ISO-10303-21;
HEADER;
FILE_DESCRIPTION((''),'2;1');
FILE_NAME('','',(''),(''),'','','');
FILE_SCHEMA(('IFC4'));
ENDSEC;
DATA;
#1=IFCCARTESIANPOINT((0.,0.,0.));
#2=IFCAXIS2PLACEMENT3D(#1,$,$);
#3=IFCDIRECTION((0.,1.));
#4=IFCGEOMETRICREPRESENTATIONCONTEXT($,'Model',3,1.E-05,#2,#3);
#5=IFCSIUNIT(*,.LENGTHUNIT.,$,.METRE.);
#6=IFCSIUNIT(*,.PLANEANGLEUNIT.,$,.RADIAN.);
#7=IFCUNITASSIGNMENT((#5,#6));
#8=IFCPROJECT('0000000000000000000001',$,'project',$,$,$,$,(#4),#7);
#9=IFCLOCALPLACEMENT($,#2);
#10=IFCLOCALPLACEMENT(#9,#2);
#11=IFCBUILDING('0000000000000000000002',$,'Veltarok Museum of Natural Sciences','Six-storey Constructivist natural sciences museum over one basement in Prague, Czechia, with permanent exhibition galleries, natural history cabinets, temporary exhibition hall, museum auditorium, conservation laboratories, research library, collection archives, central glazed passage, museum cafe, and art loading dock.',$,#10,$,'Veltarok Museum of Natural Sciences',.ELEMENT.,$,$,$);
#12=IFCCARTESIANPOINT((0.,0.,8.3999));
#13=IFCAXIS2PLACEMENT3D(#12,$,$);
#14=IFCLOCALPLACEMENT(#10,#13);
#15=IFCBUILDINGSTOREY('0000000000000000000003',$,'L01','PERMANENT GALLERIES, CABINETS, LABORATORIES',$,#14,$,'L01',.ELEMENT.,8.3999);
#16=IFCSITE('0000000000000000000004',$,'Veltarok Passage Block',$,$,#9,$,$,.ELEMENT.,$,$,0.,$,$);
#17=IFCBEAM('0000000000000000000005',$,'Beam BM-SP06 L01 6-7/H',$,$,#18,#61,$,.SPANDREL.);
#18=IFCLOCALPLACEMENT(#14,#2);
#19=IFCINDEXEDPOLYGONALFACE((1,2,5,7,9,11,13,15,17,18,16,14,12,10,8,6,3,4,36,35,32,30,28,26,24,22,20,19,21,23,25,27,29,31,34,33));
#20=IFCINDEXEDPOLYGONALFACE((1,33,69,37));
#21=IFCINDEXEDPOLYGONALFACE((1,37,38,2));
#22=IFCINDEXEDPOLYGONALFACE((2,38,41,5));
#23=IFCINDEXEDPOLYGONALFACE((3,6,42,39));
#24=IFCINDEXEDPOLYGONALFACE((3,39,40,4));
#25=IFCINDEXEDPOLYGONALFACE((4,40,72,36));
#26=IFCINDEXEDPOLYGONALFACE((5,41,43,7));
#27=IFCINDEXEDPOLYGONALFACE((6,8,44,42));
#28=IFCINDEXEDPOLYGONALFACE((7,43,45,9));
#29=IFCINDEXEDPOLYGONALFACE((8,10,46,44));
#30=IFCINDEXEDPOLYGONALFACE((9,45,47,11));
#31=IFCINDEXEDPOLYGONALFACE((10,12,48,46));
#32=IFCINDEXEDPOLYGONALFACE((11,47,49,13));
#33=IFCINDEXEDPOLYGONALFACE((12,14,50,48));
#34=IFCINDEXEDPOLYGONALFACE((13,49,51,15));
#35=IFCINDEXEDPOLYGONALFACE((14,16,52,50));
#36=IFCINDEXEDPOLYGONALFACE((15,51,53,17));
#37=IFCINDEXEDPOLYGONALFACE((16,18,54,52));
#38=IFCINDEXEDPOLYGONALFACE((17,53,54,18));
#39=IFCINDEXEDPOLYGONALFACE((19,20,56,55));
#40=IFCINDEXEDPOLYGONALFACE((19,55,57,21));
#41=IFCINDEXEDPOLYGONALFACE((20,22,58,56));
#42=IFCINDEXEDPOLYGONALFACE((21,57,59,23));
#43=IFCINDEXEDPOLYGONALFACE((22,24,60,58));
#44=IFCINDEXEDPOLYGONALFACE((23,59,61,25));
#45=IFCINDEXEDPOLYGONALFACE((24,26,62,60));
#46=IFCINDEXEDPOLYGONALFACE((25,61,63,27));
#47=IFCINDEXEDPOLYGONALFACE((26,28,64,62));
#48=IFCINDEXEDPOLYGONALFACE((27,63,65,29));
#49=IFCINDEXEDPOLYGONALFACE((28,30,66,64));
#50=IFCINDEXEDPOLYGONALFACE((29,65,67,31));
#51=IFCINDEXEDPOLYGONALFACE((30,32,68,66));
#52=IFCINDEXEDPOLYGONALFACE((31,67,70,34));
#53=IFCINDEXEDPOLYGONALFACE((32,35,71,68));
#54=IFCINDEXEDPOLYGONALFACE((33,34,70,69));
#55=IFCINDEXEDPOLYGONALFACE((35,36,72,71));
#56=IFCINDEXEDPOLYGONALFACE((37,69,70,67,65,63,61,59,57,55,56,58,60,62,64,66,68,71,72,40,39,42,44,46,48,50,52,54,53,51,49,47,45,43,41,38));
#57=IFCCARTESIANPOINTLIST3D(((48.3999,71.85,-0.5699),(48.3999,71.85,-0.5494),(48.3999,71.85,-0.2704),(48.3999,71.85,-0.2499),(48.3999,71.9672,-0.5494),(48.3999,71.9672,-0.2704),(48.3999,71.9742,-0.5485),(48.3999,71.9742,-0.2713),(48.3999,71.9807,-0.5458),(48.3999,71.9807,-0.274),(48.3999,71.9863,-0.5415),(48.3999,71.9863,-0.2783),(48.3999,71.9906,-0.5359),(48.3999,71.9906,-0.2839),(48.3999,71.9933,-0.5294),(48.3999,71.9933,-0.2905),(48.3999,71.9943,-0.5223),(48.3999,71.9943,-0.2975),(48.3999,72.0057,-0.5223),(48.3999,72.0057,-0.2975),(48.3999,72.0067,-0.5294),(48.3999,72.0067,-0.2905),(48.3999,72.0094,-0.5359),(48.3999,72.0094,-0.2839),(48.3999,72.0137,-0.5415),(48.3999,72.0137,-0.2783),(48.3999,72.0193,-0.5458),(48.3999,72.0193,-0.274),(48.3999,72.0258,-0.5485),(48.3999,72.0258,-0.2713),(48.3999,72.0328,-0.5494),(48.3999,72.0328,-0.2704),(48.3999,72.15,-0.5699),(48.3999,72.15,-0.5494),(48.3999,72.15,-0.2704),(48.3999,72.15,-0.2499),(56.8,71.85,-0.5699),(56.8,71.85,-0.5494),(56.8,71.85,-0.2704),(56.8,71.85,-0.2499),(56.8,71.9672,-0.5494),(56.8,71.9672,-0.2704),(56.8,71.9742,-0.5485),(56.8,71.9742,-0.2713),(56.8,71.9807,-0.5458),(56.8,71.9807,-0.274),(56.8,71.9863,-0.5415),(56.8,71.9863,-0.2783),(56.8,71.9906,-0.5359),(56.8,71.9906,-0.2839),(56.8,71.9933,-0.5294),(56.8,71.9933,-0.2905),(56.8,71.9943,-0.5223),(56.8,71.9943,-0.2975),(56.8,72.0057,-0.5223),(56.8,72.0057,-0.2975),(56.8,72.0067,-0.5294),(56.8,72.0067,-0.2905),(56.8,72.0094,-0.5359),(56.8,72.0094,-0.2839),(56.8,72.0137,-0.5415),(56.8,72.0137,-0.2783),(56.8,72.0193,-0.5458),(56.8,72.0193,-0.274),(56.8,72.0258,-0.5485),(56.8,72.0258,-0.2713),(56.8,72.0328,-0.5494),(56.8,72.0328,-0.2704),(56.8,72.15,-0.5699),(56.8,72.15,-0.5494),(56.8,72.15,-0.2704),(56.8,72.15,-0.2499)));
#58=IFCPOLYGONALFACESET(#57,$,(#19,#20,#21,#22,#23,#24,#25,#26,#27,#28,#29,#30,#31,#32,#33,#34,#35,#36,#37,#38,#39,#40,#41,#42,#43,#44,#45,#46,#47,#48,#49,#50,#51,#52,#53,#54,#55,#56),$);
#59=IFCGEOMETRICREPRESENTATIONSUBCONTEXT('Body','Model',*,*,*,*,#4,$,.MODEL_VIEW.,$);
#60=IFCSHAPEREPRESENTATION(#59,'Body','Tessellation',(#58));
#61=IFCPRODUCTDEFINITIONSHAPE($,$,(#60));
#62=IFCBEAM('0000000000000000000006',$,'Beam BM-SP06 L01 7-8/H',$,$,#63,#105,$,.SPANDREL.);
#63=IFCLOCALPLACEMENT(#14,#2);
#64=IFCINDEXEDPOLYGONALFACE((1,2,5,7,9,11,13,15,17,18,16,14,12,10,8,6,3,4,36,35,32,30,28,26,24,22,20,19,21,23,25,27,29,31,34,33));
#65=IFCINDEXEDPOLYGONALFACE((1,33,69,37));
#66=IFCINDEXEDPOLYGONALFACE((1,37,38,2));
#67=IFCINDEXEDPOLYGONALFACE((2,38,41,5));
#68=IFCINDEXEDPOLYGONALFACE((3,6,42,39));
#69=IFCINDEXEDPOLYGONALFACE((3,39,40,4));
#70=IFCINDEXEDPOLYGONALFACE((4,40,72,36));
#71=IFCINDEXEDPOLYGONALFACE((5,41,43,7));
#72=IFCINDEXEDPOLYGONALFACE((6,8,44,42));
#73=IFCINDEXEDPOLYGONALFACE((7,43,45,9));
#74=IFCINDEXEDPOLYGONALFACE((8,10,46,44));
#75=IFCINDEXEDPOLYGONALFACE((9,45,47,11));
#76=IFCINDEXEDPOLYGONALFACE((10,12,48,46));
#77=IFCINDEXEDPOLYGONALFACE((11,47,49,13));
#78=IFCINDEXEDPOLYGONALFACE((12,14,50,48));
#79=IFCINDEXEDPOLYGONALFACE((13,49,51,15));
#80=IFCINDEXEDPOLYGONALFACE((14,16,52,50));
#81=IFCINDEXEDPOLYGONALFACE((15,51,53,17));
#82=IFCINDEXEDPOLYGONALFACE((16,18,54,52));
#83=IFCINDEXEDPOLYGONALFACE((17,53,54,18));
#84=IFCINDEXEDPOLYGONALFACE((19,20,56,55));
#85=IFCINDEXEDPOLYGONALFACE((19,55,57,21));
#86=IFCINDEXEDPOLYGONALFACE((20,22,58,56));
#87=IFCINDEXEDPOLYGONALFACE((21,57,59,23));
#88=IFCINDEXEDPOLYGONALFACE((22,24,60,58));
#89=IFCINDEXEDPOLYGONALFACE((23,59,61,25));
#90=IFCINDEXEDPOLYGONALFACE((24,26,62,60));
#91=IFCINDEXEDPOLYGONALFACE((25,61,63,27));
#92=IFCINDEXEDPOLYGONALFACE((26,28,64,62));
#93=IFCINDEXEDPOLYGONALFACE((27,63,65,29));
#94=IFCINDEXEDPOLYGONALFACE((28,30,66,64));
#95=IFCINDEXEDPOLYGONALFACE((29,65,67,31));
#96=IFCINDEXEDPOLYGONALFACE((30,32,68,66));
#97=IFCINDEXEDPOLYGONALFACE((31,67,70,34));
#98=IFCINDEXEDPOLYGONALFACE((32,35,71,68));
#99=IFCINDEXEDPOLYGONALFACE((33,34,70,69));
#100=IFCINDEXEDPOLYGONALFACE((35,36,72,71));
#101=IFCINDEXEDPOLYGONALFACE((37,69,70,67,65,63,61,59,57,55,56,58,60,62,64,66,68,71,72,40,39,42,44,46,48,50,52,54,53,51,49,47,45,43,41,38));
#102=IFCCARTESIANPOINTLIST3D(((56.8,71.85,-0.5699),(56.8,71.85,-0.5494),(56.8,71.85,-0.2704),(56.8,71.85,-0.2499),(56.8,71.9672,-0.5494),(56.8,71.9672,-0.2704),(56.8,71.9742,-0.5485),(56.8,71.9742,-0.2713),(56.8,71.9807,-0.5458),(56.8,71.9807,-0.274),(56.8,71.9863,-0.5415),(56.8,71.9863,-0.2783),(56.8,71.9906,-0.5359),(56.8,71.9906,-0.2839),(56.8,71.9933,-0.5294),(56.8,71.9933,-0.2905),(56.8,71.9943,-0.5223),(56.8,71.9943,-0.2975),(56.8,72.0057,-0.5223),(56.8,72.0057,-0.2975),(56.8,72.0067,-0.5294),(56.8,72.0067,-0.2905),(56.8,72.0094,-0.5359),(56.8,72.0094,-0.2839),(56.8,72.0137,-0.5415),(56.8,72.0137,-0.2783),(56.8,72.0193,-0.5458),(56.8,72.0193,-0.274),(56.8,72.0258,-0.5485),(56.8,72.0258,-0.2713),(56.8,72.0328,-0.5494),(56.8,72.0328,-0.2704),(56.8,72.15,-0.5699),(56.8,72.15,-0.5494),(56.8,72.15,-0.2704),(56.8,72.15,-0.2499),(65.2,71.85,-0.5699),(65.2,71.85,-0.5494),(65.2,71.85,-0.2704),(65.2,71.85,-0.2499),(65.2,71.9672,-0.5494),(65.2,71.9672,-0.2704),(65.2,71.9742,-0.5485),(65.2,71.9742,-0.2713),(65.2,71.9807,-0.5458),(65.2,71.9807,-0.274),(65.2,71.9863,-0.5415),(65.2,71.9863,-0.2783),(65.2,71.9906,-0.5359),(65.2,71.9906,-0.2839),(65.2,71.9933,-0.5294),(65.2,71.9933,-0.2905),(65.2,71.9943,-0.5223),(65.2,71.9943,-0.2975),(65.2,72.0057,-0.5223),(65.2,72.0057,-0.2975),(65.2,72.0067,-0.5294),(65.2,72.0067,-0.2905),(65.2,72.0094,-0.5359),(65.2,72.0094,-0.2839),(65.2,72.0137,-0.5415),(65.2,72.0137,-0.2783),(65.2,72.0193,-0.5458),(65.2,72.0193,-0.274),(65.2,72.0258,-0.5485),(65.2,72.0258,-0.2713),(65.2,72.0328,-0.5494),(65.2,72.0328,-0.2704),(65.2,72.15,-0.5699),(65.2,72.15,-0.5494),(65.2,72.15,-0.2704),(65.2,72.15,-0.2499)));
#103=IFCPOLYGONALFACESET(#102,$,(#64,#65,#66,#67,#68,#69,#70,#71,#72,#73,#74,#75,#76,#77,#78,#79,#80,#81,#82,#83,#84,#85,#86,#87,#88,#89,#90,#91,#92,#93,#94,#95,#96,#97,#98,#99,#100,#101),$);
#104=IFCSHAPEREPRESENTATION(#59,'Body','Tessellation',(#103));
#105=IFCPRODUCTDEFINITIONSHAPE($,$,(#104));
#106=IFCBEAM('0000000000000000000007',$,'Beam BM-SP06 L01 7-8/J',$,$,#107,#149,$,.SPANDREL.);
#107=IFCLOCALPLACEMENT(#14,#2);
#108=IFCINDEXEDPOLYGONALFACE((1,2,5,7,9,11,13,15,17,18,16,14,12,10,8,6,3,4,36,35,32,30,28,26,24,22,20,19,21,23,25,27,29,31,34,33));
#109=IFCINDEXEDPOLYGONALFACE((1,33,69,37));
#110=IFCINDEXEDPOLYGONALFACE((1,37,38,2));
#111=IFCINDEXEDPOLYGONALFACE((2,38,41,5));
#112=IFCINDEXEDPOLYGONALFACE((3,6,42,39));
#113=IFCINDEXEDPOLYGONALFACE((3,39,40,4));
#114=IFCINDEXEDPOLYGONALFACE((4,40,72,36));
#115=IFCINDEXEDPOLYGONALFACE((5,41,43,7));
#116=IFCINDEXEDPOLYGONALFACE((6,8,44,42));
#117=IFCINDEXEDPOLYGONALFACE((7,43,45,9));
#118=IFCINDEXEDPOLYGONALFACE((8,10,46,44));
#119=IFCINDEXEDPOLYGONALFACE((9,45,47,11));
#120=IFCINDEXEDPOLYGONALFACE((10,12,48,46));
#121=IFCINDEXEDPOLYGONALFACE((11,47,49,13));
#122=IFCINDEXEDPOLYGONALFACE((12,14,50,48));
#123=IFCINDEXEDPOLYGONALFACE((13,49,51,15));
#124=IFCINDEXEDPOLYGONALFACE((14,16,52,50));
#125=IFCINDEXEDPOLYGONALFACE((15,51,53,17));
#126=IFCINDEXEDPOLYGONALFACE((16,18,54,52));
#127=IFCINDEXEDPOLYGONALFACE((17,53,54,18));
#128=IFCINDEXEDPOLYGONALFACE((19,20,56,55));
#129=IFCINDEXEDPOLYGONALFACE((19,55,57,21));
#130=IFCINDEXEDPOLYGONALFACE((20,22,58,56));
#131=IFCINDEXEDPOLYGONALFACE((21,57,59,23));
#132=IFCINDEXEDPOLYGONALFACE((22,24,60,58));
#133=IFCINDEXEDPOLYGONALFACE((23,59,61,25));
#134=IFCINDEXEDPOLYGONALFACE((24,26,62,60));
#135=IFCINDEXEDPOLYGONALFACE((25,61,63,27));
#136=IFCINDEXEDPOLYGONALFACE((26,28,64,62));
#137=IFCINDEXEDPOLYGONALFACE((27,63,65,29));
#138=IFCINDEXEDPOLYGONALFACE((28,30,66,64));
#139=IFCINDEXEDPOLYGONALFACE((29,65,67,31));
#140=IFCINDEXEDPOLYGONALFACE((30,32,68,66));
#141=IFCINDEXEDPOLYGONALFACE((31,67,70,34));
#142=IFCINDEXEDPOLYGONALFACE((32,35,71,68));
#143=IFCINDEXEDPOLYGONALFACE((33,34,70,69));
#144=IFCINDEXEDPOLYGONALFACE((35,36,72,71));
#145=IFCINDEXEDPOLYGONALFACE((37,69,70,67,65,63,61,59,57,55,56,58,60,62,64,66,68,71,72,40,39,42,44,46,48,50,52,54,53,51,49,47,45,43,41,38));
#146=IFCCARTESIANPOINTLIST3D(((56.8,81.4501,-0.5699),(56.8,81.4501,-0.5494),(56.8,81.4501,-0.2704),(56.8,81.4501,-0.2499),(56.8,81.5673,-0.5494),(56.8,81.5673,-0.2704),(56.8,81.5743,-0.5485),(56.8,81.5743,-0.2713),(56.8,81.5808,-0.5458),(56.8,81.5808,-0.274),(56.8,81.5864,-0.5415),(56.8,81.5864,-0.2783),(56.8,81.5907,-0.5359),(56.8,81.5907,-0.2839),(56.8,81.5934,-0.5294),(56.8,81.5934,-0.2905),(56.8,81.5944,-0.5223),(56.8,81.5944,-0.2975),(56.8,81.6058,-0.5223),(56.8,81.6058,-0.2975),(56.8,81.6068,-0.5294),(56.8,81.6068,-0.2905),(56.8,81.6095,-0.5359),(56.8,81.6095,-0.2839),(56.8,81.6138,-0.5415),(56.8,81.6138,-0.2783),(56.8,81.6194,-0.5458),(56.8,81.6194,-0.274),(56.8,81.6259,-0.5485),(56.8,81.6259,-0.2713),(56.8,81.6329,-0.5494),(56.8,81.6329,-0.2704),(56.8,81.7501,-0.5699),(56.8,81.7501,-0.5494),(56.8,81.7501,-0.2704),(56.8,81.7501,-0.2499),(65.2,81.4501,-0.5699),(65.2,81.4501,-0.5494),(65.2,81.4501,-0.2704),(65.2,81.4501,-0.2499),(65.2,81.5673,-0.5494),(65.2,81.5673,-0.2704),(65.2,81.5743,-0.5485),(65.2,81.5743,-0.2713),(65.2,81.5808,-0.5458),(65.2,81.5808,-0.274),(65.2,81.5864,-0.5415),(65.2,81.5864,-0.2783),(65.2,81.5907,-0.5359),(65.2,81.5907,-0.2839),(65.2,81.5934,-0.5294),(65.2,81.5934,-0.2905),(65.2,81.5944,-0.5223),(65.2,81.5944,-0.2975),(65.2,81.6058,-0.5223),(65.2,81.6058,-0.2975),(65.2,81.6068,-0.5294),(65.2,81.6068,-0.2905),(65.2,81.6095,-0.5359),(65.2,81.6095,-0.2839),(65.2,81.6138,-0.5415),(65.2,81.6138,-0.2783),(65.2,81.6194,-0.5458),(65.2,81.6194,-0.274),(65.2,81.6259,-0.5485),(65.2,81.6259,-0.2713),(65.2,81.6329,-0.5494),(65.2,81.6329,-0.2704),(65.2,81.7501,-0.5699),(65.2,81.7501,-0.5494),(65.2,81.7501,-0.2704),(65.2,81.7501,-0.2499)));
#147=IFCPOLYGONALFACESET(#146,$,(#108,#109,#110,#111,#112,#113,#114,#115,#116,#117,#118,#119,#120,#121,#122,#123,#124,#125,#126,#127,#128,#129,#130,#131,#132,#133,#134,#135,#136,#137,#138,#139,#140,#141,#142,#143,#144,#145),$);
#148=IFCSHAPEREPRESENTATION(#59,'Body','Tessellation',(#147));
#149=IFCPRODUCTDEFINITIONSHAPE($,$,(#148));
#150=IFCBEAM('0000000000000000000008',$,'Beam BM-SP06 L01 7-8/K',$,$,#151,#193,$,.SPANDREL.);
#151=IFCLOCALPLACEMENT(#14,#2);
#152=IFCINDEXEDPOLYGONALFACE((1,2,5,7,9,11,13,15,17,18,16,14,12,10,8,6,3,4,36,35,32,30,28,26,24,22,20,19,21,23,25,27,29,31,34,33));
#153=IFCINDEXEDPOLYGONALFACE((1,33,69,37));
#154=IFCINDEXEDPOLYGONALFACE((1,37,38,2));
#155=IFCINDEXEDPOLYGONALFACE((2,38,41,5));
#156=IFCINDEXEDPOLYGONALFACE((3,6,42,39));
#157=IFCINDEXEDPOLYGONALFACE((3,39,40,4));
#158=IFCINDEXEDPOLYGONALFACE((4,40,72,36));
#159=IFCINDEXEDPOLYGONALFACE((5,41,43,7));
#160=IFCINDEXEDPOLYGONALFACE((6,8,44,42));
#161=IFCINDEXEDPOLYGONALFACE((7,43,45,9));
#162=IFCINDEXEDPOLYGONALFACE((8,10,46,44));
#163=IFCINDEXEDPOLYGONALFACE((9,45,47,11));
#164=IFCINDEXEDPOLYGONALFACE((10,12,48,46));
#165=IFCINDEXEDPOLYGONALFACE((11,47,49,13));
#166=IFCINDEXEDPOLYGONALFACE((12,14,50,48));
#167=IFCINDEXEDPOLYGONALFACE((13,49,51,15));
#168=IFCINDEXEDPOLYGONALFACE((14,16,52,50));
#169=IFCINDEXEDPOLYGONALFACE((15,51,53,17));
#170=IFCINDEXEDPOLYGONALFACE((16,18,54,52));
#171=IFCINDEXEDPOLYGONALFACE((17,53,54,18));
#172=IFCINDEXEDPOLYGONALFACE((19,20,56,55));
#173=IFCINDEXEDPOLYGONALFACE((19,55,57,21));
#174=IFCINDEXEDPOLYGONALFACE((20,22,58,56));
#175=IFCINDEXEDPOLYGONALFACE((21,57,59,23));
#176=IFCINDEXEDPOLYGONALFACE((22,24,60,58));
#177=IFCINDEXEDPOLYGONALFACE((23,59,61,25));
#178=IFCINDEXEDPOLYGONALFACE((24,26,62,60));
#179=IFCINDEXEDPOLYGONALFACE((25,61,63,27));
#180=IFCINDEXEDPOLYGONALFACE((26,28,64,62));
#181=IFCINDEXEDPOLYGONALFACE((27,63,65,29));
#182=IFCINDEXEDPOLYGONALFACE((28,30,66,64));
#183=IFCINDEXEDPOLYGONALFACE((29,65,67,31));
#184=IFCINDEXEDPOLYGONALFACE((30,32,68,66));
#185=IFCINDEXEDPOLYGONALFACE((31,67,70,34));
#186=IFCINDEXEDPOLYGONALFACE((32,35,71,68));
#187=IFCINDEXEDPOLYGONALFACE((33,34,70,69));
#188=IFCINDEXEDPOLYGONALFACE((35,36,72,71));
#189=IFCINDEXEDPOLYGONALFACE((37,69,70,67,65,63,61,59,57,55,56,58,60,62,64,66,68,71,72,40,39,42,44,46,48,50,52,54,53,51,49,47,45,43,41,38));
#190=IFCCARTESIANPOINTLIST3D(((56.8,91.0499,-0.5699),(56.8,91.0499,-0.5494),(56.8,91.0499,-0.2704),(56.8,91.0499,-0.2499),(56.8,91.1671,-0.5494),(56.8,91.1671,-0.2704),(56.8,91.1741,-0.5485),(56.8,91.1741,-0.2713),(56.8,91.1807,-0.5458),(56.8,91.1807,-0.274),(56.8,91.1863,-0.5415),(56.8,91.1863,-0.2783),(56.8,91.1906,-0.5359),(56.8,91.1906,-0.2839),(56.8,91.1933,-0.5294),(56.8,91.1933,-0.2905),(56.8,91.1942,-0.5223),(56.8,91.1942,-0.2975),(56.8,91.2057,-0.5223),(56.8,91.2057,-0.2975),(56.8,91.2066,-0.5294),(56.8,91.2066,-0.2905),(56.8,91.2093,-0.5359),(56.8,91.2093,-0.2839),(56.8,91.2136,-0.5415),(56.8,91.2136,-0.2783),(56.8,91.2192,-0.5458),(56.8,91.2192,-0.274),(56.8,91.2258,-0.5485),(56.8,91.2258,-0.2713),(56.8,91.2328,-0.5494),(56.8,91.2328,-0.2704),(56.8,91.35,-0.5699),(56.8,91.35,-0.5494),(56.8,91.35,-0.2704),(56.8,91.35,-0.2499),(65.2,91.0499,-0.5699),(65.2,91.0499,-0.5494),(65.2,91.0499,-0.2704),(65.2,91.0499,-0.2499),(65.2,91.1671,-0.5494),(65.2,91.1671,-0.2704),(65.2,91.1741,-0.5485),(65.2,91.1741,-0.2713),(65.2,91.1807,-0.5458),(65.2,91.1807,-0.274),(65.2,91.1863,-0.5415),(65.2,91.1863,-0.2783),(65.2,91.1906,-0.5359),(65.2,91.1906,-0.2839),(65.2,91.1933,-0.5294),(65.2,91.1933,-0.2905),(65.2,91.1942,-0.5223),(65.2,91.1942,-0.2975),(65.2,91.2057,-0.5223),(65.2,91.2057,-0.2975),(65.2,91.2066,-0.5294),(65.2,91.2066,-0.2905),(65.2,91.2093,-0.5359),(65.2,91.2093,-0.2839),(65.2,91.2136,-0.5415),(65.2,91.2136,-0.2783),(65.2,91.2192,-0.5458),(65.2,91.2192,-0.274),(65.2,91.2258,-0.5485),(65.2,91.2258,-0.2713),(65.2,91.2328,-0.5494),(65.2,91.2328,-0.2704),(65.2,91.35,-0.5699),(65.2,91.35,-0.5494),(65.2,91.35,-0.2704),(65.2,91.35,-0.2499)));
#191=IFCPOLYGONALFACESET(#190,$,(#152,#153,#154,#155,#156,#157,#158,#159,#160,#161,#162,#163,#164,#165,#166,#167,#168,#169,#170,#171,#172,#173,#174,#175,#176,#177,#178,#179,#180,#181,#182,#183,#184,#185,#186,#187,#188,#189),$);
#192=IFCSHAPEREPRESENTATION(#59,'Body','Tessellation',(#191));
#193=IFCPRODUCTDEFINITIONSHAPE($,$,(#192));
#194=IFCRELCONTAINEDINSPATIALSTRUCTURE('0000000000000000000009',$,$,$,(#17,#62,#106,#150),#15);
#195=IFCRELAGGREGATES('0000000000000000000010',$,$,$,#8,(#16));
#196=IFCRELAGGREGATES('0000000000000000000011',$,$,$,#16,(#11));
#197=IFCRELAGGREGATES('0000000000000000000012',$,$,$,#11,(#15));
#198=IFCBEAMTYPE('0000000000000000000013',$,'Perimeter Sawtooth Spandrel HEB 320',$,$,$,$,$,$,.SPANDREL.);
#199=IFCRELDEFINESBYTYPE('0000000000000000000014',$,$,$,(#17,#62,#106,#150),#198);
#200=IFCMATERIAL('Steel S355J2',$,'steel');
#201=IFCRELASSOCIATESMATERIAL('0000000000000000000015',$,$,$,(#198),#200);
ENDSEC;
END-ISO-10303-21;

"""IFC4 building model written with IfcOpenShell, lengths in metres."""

from ifc_helpers import new_model, si_unit, direction, frame, origin, origin_2d, place, context, subcontext, project, spatial, i_section, extrude, material, material_profile, profile_set, type_object, element, save


model = new_model("IFC4")

# Units and contexts
model_context = context("Model", 3, precision=1e-05, world=origin(), true_north=direction((0.0, 1.0)))
body_context = subcontext(model_context, "Body", "Model", "MODEL_VIEW")
ifc_project = project(units=[si_unit("LENGTHUNIT", "METRE"), si_unit("PLANEANGLEUNIT", "RADIAN")], contexts=[model_context])

# Site, building, storey
site_placement = place(None, origin())
site = spatial("IfcSite", under=ifc_project, at=site_placement, Name="Veltarok Passage Block", CompositionType="ELEMENT", RefElevation=0.0)
building_placement = place(site_placement, origin())
building = spatial("IfcBuilding", under=site, at=building_placement, Name="Veltarok Museum of Natural Sciences", Description="Six-storey Constructivist natural sciences museum over one basement in Prague, Czechia, with permanent exhibition galleries, natural history cabinets, temporary exhibition hall, museum auditorium, conservation laboratories, research library, collection archives, central glazed passage, museum cafe, and art loading dock.", LongName="Veltarok Museum of Natural Sciences", CompositionType="ELEMENT")
storey_placement = place(building_placement, frame((0.0, 0.0, 8.3999)))
storey = spatial("IfcBuildingStorey", under=building, at=storey_placement, Name="L01", Description="PERMANENT GALLERIES, CABINETS, LABORATORIES", LongName="L01", CompositionType="ELEMENT", Elevation=8.3999)

# Shared definitions
ifc_material_1 = material(Name="Steel S355J2", Category="steel")

# Beams
ifc_material_profile_1 = material_profile(ifc_material_1, i_section(OverallWidth=0.3, OverallDepth=0.3201, WebThickness=0.0115, FlangeThickness=0.0205, FilletRadius=0.0271, at=origin_2d()), Name="HEB 320")
ifc_profile_set_1 = profile_set([ifc_material_profile_1], Name="Steel S355J2")
beam_type = type_object("IfcBeamType", Name="Perimeter Sawtooth Spandrel HEB 320", PredefinedType="SPANDREL", material=ifc_profile_set_1)
beam_1_placement = place(storey_placement, frame((48.3999, 72.0, -0.4099), z_axis=(1.0, 0.0, 0.0), x_axis=(0.0, 1.0, 0.0)))
element("IfcBeam", 1, at=beam_1_placement, inside=storey, type_object=beam_type, Name="Beam BM-SP06 L01 6-7/H", PredefinedType="SPANDREL", context=body_context, shape_type="SweptSolid", body=[
    extrude(i_section(OverallWidth=0.3, OverallDepth=0.3201, WebThickness=0.0115, FlangeThickness=0.0205, FilletRadius=0.0271, at=origin_2d()), origin(), (0.0, 0.0, 1.0), 8.4001),
])
for number, where, z_axis, x_axis, name in (
    (2, (56.8, 72.0, -0.4099), (1.0, 0.0, 0.0), (0.0, 1.0, 0.0), "Beam BM-SP06 L01 7-8/H"),
    (3, (56.8, 81.6001, -0.4099), (1.0, 0.0, 0.0), (0.0, 1.0, 0.0), "Beam BM-SP06 L01 7-8/J"),
    (4, (56.8, 91.2, -0.4099), (1.0, 0.0, 0.0), (0.0, 1.0, 0.0), "Beam BM-SP06 L01 7-8/K"),
):
    element("IfcBeam", number, at=place(storey_placement, frame(where, z_axis=z_axis, x_axis=x_axis)), inside=storey, type_object=beam_type, Name=name, PredefinedType="SPANDREL", context=body_context, shape_type="SweptSolid", body=[
        extrude(i_section(OverallWidth=0.3, OverallDepth=0.3201, WebThickness=0.0115, FlangeThickness=0.0205, FilletRadius=0.0271, at=origin_2d()), origin(), (0.0, 0.0, 1.0), 8.3999),
    ])

save(model, "model.ifc")
